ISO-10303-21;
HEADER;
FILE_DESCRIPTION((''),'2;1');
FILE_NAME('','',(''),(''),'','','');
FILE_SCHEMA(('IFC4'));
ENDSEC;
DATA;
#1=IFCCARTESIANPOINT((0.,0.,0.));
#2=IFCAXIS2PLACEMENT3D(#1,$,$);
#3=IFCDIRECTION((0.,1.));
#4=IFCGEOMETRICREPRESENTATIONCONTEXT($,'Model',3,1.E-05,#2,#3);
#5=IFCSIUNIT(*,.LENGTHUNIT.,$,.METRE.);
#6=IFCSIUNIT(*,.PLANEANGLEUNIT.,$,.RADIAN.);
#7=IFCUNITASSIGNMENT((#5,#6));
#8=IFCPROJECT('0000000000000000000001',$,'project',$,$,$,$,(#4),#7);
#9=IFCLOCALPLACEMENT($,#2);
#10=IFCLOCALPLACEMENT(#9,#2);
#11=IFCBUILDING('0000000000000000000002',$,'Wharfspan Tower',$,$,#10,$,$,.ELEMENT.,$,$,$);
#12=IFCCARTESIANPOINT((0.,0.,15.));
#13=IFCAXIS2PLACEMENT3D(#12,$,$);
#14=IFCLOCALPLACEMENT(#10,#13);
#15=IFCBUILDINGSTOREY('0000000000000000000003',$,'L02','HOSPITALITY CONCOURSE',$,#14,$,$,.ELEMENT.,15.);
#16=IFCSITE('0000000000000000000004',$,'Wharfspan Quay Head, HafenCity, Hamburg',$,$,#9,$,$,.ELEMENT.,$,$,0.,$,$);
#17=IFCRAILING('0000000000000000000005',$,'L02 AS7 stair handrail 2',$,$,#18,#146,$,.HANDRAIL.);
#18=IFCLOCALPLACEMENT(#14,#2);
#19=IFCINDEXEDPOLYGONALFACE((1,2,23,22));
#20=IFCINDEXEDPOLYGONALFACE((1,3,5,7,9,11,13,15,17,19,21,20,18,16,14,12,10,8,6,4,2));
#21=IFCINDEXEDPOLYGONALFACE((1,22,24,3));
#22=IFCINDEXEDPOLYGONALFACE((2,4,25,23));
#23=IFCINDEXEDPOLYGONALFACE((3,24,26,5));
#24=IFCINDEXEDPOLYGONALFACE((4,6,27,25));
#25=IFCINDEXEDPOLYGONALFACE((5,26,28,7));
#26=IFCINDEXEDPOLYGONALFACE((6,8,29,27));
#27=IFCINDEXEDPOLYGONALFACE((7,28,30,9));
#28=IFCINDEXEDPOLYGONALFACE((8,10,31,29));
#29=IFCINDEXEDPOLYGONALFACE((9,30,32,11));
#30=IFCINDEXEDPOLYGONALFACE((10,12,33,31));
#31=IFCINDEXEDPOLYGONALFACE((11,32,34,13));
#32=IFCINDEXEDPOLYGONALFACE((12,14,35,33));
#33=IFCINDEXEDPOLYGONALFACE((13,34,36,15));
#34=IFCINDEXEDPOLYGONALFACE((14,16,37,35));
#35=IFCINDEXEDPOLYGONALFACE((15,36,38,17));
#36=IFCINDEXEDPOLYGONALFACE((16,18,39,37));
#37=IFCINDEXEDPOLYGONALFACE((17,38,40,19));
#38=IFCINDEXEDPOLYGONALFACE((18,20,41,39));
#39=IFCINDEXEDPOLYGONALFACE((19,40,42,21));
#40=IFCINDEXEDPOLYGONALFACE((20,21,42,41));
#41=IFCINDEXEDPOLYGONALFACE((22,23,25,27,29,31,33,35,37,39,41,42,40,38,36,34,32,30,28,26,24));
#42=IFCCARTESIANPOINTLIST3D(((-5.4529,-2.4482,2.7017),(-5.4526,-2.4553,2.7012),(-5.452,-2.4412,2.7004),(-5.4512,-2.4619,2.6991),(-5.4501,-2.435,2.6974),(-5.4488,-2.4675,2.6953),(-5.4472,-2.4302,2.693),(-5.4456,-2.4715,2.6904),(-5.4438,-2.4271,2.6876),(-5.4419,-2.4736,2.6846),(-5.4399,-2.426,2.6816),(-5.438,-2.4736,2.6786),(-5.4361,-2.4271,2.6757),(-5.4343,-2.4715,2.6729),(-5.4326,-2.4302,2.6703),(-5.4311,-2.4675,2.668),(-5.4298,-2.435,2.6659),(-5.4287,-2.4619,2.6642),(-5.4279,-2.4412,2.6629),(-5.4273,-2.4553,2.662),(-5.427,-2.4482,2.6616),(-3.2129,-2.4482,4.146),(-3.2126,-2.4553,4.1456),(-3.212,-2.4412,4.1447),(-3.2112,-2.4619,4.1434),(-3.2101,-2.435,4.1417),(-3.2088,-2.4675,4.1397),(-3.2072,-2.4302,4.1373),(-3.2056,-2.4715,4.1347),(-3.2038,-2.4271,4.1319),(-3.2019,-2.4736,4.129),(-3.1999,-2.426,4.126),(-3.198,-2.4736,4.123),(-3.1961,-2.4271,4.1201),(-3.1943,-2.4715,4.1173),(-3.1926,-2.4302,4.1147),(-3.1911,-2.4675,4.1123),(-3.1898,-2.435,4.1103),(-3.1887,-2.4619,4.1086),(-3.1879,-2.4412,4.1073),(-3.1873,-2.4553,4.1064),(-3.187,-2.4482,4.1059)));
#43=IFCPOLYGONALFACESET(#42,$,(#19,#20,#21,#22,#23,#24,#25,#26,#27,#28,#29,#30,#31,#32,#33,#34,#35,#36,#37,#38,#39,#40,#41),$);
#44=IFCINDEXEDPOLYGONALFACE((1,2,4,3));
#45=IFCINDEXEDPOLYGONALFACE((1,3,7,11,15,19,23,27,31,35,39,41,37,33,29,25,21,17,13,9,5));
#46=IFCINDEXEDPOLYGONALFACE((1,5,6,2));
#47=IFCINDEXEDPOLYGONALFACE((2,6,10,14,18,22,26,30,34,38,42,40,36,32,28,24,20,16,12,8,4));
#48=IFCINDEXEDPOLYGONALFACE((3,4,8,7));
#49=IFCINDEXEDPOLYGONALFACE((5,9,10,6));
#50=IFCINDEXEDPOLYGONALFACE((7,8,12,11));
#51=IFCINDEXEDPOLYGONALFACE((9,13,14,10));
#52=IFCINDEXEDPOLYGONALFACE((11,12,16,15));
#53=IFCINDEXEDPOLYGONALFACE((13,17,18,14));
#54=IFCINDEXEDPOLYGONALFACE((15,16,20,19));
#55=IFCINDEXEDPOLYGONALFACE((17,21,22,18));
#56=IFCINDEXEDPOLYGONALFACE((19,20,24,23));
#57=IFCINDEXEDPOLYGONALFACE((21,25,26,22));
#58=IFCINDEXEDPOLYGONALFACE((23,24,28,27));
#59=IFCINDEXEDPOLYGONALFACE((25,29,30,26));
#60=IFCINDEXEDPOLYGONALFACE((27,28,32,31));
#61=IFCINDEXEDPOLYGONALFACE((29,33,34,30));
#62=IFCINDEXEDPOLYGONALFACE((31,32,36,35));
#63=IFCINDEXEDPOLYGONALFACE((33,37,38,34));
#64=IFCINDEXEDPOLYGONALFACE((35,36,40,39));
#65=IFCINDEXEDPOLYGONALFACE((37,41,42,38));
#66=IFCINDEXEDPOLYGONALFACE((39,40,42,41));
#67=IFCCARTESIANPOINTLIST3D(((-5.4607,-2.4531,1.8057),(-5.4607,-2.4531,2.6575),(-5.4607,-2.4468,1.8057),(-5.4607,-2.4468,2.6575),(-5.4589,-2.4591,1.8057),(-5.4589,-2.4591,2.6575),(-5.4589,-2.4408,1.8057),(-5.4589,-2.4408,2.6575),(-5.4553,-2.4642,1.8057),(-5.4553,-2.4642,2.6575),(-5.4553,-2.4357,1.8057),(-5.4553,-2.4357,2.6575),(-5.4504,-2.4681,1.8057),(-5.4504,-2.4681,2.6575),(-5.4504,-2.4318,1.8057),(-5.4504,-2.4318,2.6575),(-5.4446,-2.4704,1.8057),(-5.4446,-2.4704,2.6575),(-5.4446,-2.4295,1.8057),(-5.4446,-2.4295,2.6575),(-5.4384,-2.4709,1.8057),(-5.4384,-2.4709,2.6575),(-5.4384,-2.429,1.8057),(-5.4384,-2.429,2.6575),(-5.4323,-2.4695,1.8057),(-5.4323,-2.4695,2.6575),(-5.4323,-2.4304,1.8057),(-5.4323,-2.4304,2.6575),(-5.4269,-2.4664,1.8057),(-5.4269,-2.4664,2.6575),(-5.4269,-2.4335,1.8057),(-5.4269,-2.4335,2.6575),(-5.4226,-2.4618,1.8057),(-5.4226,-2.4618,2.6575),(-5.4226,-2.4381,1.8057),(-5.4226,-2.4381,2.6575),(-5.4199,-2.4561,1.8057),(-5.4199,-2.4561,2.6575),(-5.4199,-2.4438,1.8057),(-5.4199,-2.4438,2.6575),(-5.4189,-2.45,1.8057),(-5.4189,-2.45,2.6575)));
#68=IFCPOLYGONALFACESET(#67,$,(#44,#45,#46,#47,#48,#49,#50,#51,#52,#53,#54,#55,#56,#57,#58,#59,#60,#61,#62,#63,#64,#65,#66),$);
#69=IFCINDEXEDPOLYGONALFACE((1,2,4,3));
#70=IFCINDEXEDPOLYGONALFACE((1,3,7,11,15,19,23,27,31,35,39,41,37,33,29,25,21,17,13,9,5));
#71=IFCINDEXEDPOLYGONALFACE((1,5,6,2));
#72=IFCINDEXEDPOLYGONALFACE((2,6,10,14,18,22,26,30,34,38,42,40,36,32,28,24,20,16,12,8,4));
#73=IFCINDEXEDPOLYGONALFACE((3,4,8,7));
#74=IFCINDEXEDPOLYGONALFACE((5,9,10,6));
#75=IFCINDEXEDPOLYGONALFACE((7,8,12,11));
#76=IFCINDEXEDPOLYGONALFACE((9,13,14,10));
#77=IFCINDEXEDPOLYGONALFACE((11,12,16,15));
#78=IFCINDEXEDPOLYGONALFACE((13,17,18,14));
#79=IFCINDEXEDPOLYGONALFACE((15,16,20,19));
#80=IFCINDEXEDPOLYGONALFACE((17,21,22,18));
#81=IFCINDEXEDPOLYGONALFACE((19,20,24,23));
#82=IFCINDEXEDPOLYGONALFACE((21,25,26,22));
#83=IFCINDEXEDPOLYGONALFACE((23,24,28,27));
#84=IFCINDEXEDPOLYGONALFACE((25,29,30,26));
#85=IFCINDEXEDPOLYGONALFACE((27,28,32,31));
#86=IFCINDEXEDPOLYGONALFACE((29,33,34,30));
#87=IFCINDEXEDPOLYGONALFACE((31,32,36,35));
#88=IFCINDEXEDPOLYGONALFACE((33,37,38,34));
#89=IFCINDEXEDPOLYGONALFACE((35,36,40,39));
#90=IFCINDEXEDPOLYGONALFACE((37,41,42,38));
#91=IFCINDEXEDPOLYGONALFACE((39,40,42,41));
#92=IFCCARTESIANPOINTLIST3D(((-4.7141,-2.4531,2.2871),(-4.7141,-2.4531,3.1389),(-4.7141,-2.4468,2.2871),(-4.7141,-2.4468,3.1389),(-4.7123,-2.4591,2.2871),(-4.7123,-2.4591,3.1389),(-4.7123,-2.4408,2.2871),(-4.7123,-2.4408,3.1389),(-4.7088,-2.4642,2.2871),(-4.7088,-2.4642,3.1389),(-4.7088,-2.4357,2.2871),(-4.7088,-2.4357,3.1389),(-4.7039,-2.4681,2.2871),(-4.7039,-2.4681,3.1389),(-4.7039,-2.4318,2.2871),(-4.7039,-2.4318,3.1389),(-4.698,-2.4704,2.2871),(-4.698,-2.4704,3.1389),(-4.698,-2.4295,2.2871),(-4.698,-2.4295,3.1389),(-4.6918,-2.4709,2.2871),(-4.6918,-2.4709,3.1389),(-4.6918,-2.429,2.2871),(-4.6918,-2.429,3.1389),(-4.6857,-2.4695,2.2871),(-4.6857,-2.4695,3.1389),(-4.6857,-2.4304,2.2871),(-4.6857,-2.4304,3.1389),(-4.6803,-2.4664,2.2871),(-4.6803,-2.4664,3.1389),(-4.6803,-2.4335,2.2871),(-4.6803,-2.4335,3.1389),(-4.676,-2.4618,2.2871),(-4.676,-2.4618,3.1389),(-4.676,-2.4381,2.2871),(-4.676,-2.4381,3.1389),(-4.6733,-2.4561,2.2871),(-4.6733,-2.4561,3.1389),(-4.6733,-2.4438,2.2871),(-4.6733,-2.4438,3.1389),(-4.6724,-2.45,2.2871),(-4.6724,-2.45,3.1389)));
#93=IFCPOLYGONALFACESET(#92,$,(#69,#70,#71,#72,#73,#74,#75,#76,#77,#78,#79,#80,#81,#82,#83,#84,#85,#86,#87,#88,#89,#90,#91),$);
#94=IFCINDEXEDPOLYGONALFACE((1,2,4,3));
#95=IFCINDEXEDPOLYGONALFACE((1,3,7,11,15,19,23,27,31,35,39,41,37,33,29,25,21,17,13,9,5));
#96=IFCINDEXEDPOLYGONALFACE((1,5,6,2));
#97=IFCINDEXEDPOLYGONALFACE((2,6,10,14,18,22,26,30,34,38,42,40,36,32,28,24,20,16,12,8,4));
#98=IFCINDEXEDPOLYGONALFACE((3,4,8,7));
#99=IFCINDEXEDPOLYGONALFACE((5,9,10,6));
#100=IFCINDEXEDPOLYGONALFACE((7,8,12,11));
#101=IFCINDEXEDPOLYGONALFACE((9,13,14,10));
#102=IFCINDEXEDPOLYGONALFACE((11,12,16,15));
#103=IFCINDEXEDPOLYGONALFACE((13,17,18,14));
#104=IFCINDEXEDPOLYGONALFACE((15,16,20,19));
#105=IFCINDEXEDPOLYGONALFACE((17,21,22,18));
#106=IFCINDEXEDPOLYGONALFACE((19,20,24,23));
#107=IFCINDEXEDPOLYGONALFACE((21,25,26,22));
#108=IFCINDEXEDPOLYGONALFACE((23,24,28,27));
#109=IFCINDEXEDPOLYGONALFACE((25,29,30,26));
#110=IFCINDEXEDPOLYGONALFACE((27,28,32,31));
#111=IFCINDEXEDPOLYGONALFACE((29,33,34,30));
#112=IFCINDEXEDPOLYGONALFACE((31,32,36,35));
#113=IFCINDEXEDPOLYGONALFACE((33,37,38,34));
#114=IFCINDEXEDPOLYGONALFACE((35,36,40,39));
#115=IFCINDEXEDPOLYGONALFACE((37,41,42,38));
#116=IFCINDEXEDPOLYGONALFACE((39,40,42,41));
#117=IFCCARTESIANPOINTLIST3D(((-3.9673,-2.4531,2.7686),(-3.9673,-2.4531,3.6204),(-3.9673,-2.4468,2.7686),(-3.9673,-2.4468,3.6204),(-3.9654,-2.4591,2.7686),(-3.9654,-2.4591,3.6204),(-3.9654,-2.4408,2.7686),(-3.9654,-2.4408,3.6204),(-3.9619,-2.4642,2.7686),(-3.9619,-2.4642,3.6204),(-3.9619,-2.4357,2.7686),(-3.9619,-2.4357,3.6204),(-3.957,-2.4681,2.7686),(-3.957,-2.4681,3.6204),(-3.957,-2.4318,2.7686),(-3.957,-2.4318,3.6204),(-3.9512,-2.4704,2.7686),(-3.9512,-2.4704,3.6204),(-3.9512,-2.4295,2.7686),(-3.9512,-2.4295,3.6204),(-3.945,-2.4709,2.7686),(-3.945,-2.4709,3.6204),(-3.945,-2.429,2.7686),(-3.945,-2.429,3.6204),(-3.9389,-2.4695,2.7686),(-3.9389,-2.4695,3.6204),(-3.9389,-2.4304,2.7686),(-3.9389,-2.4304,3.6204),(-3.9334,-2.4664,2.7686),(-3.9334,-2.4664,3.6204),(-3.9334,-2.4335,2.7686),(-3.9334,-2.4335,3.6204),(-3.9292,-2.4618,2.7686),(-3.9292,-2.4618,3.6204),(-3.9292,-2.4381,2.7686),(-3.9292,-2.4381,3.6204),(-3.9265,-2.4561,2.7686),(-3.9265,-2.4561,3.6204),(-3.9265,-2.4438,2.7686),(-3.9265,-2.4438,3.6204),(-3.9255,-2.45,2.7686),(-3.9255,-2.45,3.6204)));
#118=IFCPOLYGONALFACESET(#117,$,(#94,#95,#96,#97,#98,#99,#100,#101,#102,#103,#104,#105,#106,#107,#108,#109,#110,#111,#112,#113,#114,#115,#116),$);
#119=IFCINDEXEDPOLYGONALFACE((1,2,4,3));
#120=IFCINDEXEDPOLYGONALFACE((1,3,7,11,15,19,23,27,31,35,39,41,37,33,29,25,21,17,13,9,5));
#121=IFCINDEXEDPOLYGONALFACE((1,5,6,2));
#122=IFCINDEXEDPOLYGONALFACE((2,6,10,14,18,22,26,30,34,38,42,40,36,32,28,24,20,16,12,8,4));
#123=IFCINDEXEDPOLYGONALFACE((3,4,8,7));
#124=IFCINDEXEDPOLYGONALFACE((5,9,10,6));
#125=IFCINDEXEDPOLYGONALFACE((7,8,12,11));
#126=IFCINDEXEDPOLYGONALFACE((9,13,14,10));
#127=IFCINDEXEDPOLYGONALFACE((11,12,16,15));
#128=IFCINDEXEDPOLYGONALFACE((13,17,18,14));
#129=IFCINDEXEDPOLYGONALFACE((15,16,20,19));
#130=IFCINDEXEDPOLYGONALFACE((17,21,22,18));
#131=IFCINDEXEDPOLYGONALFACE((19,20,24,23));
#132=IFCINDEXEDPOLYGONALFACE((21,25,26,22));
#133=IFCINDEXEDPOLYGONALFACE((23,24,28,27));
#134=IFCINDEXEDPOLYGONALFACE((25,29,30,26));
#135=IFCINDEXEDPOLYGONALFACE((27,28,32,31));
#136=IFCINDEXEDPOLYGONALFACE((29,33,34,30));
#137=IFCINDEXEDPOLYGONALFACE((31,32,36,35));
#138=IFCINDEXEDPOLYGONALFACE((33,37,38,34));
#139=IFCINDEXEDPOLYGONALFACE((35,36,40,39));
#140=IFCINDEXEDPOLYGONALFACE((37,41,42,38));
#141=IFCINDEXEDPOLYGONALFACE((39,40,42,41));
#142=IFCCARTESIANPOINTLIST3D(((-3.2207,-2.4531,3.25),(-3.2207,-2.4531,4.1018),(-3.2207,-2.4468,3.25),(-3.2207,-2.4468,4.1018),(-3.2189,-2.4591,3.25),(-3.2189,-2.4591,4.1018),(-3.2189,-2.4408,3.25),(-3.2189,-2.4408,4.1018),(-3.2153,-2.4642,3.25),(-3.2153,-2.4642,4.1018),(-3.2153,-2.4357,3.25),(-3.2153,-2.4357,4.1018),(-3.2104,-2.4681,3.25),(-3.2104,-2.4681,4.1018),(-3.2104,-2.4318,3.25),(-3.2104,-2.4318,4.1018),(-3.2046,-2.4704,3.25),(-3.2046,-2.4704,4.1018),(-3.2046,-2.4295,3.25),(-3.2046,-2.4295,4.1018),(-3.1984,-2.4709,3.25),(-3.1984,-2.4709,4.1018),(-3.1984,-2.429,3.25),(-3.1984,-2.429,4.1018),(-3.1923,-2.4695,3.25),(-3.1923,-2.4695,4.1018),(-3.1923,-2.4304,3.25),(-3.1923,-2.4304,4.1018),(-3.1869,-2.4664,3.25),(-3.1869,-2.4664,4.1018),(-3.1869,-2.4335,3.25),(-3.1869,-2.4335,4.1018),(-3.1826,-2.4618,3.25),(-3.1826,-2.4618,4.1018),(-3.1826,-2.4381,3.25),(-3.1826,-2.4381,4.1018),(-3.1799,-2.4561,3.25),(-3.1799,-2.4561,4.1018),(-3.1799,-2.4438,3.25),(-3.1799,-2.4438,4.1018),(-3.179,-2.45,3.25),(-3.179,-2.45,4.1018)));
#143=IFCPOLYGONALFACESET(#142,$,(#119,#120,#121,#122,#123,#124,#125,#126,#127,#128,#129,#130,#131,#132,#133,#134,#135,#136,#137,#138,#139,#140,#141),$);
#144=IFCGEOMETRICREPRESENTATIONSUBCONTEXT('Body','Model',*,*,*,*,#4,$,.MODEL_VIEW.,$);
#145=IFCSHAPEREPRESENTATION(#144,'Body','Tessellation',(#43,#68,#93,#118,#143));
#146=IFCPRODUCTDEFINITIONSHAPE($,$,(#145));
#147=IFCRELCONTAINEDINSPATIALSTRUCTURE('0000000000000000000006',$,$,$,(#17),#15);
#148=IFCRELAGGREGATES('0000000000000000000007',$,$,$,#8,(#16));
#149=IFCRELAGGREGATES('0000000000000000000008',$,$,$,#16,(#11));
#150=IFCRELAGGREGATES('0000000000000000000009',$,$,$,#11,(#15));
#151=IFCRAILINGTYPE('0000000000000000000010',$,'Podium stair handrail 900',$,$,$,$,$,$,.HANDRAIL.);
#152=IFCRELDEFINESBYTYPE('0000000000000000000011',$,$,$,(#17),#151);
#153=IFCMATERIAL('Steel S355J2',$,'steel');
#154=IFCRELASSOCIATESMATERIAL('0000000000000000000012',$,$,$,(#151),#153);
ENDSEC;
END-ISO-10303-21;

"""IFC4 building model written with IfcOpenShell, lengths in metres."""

from ifc_helpers import new_model, si_unit, direction, frame, origin, origin_2d, place, context, subcontext, project, spatial, circle, extrude, material, type_object, element, save


model = new_model("IFC4")

# Units and contexts
model_context = context("Model", 3, precision=1e-05, world=origin(), true_north=direction((0.0, 1.0)))
body_context = subcontext(model_context, "Body", "Model", "MODEL_VIEW")
ifc_project = project(units=[si_unit("LENGTHUNIT", "METRE"), si_unit("PLANEANGLEUNIT", "RADIAN")], contexts=[model_context])

# Site, building, storey
site_placement = place(None, origin())
site = spatial("IfcSite", under=ifc_project, at=site_placement, Name="Wharfspan Quay Head, HafenCity, Hamburg", CompositionType="ELEMENT", RefElevation=0.0)
building_placement = place(site_placement, origin())
building = spatial("IfcBuilding", under=site, at=building_placement, Name="Wharfspan Tower", CompositionType="ELEMENT")
storey_placement = place(building_placement, frame((0.0, 0.0, 15.0)))
storey = spatial("IfcBuildingStorey", under=building, at=storey_placement, Name="L02", Description="HOSPITALITY CONCOURSE", CompositionType="ELEMENT", Elevation=15.0)

# Railing
ifc_material_1 = material(Name="Steel S355J2", Category="steel")
railing_type_1 = type_object("IfcRailingType", Name="Podium stair handrail 900", PredefinedType="HANDRAIL", material=ifc_material_1)
for number, where, name in (
    (1, (-5.4399, -2.45, 1.8057), "L02 AS7 stair handrail 2"),
):
    element("IfcRailing", number, at=place(storey_placement, frame(where)), inside=storey, type_object=railing_type_1, Name=name, PredefinedType="HANDRAIL", context=body_context, shape_type="SweptSolid", body=[
        extrude(circle(Radius=0.0239, at=origin_2d()), frame((0.0, 0.0, 0.876), z_axis=(0.840437, 0.0, 0.54191), x_axis=(0.0, 1.0, 0.0)), (0.0, 0.0, 1.0), 2.6653),
        extrude(circle(Radius=0.021, at=origin_2d()), origin(), (0.0, 0.0, 1.0), 0.8518),
        extrude(circle(Radius=0.021, at=origin_2d()), frame((0.7466, 0.0, 0.4814)), (0.0, 0.0, 1.0), 0.8518),
        extrude(circle(Radius=0.021, at=origin_2d()), frame((1.4934, 0.0, 0.9629)), (0.0, 0.0, 1.0), 0.8518),
        extrude(circle(Radius=0.021, at=origin_2d()), frame((2.24, 0.0, 1.4443)), (0.0, 0.0, 1.0), 0.8518),
    ])

save(model, "model.ifc")
